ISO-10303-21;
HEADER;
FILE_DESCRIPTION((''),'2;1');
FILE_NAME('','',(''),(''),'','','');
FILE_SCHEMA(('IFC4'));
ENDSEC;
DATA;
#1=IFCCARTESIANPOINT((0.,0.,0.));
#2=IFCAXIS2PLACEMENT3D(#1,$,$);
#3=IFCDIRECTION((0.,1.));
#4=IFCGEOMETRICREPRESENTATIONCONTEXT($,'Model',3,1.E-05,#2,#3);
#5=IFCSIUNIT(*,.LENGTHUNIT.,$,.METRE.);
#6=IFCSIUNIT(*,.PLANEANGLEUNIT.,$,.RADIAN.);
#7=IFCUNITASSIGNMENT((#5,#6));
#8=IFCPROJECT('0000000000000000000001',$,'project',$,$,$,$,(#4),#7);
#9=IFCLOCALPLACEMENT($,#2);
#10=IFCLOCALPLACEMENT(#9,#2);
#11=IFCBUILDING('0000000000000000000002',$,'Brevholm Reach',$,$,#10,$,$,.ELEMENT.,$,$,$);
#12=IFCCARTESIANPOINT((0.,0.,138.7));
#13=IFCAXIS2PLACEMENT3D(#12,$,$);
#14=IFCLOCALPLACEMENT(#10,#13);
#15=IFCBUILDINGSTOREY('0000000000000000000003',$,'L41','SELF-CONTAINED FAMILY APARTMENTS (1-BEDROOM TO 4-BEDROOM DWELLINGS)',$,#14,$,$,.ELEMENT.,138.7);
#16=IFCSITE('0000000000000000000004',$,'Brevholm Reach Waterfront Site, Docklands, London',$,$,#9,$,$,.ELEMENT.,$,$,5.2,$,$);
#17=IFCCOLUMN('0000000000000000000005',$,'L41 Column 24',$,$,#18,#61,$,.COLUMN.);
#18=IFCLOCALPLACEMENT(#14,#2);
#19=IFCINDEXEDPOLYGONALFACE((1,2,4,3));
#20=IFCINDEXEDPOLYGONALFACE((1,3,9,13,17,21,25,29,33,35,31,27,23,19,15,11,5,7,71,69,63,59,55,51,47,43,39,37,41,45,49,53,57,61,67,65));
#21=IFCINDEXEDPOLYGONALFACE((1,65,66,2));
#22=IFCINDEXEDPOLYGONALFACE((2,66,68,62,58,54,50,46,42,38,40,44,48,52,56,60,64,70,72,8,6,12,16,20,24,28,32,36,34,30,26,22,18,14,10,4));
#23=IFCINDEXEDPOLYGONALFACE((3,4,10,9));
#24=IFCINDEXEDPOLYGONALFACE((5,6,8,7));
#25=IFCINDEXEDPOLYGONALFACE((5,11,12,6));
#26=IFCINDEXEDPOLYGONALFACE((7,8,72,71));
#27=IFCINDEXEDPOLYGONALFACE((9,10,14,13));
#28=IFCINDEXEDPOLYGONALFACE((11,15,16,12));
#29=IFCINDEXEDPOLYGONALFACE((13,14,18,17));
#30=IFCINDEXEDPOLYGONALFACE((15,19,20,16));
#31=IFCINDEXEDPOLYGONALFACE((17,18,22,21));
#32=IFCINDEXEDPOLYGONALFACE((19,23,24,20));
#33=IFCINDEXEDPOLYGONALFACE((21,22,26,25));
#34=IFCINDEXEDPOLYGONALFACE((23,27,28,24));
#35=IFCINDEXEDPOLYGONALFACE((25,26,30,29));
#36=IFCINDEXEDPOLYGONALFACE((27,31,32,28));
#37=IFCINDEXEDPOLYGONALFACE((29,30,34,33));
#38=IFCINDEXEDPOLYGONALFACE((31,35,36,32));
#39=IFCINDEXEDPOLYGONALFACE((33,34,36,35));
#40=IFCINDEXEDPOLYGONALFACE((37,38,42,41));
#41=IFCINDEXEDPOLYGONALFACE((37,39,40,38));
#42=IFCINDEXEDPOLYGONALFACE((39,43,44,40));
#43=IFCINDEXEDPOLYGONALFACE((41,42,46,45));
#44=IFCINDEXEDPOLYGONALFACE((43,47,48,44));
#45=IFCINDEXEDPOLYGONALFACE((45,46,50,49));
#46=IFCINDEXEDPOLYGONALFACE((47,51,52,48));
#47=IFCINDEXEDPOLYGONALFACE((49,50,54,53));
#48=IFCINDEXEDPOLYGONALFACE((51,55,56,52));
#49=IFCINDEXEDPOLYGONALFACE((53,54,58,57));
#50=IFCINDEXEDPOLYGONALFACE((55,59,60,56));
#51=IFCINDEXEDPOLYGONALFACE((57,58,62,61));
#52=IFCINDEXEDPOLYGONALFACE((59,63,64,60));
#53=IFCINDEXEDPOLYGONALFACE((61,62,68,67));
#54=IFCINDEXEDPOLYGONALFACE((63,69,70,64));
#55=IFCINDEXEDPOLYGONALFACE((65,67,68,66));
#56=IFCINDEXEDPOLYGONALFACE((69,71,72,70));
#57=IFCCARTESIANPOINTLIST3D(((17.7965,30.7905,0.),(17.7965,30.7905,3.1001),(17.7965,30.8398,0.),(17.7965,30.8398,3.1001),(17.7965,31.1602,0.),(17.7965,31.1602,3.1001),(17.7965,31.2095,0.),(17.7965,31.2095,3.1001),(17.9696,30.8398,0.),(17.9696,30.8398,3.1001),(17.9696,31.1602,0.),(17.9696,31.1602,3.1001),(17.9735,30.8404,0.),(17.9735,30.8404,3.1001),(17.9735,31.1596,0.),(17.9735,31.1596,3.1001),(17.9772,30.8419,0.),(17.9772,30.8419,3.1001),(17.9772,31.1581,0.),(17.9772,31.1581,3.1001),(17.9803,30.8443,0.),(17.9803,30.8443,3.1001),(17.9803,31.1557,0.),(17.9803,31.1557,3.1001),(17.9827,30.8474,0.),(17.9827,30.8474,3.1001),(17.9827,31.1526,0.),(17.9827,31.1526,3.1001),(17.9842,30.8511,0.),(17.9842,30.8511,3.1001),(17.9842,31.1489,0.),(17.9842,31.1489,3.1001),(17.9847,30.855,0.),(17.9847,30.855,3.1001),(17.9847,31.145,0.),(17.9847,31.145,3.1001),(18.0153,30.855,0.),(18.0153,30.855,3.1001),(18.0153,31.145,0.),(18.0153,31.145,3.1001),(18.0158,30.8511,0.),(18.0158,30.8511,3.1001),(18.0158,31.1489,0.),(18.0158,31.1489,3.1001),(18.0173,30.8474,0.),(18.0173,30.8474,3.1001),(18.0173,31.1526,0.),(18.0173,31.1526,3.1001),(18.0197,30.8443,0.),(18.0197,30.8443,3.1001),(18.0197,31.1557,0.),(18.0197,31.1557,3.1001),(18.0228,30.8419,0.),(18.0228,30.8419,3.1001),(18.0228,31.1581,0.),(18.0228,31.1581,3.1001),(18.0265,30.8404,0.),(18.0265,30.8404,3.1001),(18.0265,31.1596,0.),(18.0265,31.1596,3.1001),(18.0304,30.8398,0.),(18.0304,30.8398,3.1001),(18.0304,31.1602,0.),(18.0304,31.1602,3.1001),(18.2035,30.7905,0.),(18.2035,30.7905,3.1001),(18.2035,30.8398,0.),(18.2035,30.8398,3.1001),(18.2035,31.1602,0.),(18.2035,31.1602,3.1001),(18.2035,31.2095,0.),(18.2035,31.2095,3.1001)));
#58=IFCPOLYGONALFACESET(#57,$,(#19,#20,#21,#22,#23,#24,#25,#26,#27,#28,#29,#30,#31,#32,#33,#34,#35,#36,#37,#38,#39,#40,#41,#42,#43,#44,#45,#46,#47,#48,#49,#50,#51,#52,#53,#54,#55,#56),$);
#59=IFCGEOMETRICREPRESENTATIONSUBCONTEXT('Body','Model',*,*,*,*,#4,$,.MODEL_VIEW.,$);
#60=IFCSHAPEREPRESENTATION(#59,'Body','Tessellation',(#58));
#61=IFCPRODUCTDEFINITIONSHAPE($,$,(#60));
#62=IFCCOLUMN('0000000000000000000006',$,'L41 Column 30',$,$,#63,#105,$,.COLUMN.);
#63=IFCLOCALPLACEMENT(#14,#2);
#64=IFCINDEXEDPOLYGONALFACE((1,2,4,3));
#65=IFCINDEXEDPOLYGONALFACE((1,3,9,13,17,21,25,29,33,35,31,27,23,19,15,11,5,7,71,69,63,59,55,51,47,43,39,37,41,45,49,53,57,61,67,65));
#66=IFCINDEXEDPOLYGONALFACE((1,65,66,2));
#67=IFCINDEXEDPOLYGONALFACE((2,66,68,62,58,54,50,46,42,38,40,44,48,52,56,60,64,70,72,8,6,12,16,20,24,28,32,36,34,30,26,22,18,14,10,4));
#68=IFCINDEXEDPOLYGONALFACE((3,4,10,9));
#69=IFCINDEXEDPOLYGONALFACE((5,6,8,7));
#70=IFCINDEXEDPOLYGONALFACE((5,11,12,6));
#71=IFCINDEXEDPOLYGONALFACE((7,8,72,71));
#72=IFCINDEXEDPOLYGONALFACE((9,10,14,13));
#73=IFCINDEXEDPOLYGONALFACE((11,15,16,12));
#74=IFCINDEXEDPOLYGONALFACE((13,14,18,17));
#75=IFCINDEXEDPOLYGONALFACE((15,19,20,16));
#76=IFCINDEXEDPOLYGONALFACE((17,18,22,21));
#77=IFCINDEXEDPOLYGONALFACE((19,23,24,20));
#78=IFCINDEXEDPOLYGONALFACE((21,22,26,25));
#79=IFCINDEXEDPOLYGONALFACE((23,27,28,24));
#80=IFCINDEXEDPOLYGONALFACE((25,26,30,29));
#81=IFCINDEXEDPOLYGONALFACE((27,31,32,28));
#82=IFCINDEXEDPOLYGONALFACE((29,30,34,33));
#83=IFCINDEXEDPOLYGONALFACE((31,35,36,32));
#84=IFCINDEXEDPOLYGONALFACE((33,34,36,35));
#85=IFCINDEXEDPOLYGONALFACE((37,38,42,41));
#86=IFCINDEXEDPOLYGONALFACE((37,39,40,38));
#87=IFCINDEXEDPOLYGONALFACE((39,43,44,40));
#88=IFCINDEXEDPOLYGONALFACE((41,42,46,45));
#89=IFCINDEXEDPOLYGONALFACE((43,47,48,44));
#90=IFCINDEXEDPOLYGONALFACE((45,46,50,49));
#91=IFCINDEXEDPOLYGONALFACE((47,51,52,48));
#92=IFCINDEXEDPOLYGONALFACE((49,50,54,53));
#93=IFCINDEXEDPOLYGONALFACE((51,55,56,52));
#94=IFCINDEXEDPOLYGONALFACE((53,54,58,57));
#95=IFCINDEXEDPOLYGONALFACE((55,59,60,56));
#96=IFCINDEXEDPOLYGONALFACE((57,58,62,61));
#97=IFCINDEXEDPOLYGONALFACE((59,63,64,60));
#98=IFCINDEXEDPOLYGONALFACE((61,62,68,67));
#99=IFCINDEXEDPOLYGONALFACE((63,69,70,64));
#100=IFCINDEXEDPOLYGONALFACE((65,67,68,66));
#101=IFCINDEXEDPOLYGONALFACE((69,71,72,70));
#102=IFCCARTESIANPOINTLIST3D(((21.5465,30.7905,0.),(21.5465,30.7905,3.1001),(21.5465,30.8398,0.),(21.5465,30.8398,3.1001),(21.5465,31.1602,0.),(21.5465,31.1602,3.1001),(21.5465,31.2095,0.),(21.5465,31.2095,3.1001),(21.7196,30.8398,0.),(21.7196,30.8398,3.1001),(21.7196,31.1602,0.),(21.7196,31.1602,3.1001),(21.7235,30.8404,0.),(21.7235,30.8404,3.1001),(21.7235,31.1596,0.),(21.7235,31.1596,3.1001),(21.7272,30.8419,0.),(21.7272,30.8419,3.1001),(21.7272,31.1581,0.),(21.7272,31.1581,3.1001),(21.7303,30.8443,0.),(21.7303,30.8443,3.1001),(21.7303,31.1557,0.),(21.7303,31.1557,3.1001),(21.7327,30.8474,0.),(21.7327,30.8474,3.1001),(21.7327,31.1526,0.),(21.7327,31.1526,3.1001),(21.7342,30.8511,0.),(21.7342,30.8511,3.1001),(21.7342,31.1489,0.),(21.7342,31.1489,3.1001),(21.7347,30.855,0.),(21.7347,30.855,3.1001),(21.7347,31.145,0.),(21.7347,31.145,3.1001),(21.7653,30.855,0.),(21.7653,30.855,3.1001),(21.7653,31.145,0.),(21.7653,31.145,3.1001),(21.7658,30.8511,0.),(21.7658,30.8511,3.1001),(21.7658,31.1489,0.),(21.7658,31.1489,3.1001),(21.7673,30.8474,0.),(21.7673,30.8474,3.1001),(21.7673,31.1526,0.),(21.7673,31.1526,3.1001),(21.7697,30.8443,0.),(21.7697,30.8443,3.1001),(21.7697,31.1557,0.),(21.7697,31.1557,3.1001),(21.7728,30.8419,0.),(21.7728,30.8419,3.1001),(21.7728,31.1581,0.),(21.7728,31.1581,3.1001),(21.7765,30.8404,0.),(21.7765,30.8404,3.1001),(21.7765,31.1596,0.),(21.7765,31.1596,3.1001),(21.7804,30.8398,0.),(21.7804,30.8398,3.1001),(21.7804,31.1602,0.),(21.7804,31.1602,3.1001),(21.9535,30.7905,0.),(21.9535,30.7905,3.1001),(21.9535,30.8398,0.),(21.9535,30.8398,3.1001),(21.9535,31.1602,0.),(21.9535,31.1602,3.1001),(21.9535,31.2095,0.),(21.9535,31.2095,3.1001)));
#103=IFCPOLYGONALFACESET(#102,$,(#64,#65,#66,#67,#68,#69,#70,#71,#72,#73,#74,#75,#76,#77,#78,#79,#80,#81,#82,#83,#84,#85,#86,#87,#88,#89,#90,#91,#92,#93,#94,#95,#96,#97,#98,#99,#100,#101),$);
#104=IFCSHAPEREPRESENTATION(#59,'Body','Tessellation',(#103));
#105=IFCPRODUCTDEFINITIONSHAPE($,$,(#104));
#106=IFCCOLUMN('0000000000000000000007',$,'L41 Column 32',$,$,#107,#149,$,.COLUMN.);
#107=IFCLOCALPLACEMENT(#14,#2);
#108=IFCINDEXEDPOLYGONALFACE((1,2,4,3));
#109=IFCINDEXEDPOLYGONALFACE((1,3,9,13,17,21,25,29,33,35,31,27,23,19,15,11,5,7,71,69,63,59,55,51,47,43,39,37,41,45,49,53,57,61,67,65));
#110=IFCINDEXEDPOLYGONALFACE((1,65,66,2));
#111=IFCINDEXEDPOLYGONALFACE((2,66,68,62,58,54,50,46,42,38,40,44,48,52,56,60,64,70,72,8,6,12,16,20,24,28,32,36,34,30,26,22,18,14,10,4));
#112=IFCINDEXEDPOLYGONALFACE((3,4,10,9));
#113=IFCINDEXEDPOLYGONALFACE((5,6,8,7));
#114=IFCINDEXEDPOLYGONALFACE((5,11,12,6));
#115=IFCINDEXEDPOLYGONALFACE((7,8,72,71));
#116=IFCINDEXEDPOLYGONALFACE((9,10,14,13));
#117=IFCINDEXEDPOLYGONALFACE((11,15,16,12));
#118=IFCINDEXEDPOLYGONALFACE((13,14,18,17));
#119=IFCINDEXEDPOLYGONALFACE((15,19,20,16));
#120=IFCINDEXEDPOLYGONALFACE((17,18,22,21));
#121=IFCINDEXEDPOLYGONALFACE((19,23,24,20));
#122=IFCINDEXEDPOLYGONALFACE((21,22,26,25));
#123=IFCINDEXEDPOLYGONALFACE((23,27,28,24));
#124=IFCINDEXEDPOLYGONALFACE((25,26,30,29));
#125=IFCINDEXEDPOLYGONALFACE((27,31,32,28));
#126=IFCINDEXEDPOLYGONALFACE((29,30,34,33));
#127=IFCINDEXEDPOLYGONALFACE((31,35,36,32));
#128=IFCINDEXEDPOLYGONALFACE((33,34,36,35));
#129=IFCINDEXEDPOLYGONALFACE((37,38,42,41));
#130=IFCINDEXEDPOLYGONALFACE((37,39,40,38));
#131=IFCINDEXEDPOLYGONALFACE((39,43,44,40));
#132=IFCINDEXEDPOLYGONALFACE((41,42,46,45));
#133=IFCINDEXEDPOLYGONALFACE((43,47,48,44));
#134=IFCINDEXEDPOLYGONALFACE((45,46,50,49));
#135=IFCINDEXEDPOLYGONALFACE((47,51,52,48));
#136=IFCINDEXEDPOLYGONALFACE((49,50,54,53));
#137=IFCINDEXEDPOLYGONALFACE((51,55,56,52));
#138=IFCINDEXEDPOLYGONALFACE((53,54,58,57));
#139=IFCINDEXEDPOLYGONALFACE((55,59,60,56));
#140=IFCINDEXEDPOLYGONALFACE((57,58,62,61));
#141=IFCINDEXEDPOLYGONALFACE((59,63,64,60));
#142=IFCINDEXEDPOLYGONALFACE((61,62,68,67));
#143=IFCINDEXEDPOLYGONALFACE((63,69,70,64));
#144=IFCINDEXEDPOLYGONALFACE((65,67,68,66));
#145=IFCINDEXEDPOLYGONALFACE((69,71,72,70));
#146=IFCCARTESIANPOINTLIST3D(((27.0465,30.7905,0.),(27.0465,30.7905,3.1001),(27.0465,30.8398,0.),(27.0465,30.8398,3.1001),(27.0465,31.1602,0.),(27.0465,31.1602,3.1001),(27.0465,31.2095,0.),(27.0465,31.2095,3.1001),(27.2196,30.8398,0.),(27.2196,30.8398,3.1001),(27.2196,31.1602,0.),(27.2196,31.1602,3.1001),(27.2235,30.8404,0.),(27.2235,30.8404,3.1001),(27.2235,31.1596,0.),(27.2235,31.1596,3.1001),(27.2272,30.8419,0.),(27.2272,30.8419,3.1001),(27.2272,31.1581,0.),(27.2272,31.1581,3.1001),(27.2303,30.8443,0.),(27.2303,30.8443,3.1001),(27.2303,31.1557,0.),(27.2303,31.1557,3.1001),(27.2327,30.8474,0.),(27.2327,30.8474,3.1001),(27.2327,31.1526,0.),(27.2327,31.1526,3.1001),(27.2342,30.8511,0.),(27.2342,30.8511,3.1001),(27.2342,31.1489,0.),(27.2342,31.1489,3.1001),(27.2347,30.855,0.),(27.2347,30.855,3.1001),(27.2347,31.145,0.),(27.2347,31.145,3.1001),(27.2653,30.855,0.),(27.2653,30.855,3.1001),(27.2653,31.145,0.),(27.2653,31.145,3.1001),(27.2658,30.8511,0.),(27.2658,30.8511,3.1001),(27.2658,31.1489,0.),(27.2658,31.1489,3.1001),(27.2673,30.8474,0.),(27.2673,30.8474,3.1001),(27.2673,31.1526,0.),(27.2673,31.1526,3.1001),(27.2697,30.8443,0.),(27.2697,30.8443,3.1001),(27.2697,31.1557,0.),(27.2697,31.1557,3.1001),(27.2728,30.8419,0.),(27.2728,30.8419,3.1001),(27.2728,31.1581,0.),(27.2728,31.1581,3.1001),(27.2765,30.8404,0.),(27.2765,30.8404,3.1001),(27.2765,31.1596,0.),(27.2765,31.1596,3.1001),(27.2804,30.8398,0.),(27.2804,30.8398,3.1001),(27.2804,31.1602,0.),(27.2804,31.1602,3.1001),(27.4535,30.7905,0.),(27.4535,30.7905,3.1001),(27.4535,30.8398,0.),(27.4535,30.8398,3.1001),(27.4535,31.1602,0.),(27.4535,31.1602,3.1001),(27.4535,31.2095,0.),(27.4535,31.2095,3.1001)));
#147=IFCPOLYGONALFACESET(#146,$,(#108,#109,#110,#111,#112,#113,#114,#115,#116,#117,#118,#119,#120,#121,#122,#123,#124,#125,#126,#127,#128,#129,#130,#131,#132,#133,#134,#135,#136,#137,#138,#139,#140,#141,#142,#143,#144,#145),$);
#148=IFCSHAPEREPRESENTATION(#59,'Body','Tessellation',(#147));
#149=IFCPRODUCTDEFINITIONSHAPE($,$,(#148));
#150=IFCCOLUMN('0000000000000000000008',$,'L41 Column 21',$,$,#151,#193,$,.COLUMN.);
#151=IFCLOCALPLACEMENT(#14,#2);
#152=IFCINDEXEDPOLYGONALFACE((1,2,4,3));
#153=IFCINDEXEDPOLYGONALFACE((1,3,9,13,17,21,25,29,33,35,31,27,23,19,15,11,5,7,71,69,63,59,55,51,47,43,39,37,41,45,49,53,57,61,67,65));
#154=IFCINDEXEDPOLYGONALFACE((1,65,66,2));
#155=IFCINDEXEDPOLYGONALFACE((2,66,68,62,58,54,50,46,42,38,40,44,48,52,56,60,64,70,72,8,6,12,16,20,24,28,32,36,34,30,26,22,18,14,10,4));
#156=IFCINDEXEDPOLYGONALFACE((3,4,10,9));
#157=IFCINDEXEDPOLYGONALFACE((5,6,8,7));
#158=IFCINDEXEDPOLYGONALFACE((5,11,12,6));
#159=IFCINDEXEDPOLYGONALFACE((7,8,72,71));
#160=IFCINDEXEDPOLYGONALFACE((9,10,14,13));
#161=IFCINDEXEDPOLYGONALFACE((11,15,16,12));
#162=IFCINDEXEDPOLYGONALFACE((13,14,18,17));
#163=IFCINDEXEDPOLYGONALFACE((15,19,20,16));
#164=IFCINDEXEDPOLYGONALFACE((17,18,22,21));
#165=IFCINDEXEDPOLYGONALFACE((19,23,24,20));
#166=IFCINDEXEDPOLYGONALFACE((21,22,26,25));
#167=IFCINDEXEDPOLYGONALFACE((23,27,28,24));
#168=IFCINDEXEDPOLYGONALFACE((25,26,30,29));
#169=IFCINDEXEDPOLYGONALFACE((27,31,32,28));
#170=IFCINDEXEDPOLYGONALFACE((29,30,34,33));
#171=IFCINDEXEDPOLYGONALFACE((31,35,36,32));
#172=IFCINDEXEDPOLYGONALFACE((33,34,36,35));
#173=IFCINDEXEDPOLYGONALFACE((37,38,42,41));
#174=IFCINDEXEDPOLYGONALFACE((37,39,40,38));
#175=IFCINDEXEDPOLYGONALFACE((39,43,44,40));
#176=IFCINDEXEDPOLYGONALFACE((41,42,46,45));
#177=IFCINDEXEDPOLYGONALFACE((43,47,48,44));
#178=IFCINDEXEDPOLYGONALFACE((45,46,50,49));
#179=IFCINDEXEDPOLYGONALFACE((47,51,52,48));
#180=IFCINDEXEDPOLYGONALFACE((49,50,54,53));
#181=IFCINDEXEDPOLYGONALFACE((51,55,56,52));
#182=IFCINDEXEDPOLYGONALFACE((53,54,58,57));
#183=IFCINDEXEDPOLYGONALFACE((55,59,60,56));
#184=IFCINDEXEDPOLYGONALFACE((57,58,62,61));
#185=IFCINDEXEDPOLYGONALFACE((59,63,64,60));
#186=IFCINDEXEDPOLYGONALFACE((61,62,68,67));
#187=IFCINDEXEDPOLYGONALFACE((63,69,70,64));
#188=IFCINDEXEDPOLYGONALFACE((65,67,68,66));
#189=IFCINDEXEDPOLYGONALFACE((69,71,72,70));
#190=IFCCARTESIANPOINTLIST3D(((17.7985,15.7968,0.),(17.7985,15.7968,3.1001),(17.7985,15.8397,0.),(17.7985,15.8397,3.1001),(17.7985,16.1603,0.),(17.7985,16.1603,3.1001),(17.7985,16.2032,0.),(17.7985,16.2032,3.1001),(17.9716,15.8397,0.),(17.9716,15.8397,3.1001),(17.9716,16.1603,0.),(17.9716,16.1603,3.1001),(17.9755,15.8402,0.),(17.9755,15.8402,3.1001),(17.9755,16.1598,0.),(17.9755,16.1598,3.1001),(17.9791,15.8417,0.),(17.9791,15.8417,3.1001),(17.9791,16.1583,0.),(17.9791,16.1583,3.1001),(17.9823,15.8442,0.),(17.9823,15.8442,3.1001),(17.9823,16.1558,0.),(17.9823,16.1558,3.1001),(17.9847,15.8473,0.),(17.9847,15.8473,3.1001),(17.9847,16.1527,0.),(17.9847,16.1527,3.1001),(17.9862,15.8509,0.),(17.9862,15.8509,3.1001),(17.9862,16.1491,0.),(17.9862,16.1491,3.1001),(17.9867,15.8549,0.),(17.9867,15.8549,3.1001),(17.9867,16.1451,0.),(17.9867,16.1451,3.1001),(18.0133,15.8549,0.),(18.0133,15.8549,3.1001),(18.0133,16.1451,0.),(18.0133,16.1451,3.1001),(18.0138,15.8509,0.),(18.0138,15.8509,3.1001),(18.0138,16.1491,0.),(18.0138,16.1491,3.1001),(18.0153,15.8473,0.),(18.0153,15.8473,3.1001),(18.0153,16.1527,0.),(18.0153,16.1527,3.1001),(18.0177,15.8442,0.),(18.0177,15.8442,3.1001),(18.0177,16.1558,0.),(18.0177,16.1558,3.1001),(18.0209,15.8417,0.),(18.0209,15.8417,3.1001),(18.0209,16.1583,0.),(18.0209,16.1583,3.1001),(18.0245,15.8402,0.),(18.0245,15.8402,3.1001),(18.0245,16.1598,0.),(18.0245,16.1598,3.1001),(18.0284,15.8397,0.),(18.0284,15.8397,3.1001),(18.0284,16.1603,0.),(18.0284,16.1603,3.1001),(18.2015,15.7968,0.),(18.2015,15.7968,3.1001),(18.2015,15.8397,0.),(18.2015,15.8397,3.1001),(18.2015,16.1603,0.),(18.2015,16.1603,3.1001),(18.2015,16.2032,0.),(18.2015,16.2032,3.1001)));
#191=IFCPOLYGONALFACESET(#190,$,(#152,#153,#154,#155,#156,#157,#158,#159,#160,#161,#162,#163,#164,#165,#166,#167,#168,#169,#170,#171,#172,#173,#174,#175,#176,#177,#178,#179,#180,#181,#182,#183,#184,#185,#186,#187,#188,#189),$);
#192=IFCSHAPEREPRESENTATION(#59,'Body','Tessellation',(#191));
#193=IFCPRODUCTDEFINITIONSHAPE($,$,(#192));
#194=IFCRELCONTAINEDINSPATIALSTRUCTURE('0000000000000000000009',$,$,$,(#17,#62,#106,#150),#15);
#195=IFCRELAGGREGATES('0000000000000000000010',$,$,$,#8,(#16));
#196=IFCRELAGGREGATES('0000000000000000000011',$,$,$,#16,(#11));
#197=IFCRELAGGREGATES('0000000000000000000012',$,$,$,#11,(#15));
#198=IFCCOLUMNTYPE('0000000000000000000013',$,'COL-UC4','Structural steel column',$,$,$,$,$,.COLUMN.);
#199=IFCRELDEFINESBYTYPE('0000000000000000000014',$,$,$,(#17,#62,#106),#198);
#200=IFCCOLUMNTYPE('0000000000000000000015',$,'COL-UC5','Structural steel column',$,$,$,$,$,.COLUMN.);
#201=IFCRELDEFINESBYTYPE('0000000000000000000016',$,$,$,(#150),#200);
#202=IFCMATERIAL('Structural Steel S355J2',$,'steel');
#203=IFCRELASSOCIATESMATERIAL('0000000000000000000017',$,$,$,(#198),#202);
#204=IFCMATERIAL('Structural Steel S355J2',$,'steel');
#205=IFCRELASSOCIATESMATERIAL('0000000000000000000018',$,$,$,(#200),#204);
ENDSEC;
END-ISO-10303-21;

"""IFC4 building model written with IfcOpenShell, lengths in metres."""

from ifc_helpers import new_model, si_unit, direction, frame, origin, origin_2d, place, context, subcontext, project, spatial, i_section, extrude, material, material_profile, profile_set, type_object, element, save


model = new_model("IFC4")

# Units and contexts
model_context = context("Model", 3, precision=1e-05, world=origin(), true_north=direction((0.0, 1.0)))
body_context = subcontext(model_context, "Body", "Model", "MODEL_VIEW")
ifc_project = project(units=[si_unit("LENGTHUNIT", "METRE"), si_unit("PLANEANGLEUNIT", "RADIAN")], contexts=[model_context])

# Site, building, storey
site_placement = place(None, origin())
site = spatial("IfcSite", under=ifc_project, at=site_placement, Name="Brevholm Reach Waterfront Site, Docklands, London", CompositionType="ELEMENT", RefElevation=5.2)
building_placement = place(site_placement, origin())
building = spatial("IfcBuilding", under=site, at=building_placement, Name="Brevholm Reach", CompositionType="ELEMENT")
storey_placement = place(building_placement, frame((0.0, 0.0, 138.7)))
storey = spatial("IfcBuildingStorey", under=building, at=storey_placement, Name="L41", Description="SELF-CONTAINED FAMILY APARTMENTS (1-BEDROOM TO 4-BEDROOM DWELLINGS)", CompositionType="ELEMENT", Elevation=138.7)

# Columns
ifc_material_1 = material(Name="Structural Steel S355J2", Category="steel")
ifc_material_profile_1 = material_profile(ifc_material_1, i_section(OverallWidth=0.407, OverallDepth=0.4189, WebThickness=0.0305, FlangeThickness=0.0493, FilletRadius=0.0151, at=origin_2d()), Name="UKC 356x406x393")
ifc_profile_set_1 = profile_set([ifc_material_profile_1], Name="Structural Steel S355J2")
column_type_1 = type_object("IfcColumnType", Name="COL-UC4", Description="Structural steel column", PredefinedType="COLUMN", material=ifc_profile_set_1)
for number, where, z_axis, x_axis, name in (
    (1, (18.0, 31.0, 0.0), (0.0, 0.0, 1.0), (1.0, 0.0, 0.0), "L41 Column 24"),
    (2, (21.75, 31.0, 0.0), (0.0, 0.0, 1.0), (1.0, 0.0, 0.0), "L41 Column 30"),
    (3, (27.25, 31.0, 0.0), (0.0, 0.0, 1.0), (1.0, 0.0, 0.0), "L41 Column 32"),
):
    element("IfcColumn", number, at=place(storey_placement, frame(where, z_axis=z_axis, x_axis=x_axis)), inside=storey, type_object=column_type_1, Name=name, PredefinedType="COLUMN", context=body_context, shape_type="SweptSolid", body=[
        extrude(i_section(OverallWidth=0.407, OverallDepth=0.4189, WebThickness=0.0305, FlangeThickness=0.0493, FilletRadius=0.0151, at=origin_2d()), origin(), (0.0, 0.0, 1.0), 3.1001),
    ])
ifc_material_2 = material(Name="Structural Steel S355J2", Category="steel")
ifc_material_profile_2 = material_profile(ifc_material_2, i_section(OverallWidth=0.4031, OverallDepth=0.4065, WebThickness=0.0266, FlangeThickness=0.043, FilletRadius=0.0151, at=origin_2d()), Name="UKC 356x406x340")
ifc_profile_set_2 = profile_set([ifc_material_profile_2], Name="Structural Steel S355J2")
column_type_2 = type_object("IfcColumnType", Name="COL-UC5", Description="Structural steel column", PredefinedType="COLUMN", material=ifc_profile_set_2)
for number, where, z_axis, x_axis, name in (
    (4, (18.0, 16.0, 0.0), (0.0, 0.0, 1.0), (1.0, 0.0, 0.0), "L41 Column 21"),
):
    element("IfcColumn", number, at=place(storey_placement, frame(where, z_axis=z_axis, x_axis=x_axis)), inside=storey, type_object=column_type_2, Name=name, PredefinedType="COLUMN", context=body_context, shape_type="SweptSolid", body=[
        extrude(i_section(OverallWidth=0.4031, OverallDepth=0.4065, WebThickness=0.0266, FlangeThickness=0.043, FilletRadius=0.0151, at=origin_2d()), origin(), (0.0, 0.0, 1.0), 3.1001),
    ])

save(model, "model.ifc")
